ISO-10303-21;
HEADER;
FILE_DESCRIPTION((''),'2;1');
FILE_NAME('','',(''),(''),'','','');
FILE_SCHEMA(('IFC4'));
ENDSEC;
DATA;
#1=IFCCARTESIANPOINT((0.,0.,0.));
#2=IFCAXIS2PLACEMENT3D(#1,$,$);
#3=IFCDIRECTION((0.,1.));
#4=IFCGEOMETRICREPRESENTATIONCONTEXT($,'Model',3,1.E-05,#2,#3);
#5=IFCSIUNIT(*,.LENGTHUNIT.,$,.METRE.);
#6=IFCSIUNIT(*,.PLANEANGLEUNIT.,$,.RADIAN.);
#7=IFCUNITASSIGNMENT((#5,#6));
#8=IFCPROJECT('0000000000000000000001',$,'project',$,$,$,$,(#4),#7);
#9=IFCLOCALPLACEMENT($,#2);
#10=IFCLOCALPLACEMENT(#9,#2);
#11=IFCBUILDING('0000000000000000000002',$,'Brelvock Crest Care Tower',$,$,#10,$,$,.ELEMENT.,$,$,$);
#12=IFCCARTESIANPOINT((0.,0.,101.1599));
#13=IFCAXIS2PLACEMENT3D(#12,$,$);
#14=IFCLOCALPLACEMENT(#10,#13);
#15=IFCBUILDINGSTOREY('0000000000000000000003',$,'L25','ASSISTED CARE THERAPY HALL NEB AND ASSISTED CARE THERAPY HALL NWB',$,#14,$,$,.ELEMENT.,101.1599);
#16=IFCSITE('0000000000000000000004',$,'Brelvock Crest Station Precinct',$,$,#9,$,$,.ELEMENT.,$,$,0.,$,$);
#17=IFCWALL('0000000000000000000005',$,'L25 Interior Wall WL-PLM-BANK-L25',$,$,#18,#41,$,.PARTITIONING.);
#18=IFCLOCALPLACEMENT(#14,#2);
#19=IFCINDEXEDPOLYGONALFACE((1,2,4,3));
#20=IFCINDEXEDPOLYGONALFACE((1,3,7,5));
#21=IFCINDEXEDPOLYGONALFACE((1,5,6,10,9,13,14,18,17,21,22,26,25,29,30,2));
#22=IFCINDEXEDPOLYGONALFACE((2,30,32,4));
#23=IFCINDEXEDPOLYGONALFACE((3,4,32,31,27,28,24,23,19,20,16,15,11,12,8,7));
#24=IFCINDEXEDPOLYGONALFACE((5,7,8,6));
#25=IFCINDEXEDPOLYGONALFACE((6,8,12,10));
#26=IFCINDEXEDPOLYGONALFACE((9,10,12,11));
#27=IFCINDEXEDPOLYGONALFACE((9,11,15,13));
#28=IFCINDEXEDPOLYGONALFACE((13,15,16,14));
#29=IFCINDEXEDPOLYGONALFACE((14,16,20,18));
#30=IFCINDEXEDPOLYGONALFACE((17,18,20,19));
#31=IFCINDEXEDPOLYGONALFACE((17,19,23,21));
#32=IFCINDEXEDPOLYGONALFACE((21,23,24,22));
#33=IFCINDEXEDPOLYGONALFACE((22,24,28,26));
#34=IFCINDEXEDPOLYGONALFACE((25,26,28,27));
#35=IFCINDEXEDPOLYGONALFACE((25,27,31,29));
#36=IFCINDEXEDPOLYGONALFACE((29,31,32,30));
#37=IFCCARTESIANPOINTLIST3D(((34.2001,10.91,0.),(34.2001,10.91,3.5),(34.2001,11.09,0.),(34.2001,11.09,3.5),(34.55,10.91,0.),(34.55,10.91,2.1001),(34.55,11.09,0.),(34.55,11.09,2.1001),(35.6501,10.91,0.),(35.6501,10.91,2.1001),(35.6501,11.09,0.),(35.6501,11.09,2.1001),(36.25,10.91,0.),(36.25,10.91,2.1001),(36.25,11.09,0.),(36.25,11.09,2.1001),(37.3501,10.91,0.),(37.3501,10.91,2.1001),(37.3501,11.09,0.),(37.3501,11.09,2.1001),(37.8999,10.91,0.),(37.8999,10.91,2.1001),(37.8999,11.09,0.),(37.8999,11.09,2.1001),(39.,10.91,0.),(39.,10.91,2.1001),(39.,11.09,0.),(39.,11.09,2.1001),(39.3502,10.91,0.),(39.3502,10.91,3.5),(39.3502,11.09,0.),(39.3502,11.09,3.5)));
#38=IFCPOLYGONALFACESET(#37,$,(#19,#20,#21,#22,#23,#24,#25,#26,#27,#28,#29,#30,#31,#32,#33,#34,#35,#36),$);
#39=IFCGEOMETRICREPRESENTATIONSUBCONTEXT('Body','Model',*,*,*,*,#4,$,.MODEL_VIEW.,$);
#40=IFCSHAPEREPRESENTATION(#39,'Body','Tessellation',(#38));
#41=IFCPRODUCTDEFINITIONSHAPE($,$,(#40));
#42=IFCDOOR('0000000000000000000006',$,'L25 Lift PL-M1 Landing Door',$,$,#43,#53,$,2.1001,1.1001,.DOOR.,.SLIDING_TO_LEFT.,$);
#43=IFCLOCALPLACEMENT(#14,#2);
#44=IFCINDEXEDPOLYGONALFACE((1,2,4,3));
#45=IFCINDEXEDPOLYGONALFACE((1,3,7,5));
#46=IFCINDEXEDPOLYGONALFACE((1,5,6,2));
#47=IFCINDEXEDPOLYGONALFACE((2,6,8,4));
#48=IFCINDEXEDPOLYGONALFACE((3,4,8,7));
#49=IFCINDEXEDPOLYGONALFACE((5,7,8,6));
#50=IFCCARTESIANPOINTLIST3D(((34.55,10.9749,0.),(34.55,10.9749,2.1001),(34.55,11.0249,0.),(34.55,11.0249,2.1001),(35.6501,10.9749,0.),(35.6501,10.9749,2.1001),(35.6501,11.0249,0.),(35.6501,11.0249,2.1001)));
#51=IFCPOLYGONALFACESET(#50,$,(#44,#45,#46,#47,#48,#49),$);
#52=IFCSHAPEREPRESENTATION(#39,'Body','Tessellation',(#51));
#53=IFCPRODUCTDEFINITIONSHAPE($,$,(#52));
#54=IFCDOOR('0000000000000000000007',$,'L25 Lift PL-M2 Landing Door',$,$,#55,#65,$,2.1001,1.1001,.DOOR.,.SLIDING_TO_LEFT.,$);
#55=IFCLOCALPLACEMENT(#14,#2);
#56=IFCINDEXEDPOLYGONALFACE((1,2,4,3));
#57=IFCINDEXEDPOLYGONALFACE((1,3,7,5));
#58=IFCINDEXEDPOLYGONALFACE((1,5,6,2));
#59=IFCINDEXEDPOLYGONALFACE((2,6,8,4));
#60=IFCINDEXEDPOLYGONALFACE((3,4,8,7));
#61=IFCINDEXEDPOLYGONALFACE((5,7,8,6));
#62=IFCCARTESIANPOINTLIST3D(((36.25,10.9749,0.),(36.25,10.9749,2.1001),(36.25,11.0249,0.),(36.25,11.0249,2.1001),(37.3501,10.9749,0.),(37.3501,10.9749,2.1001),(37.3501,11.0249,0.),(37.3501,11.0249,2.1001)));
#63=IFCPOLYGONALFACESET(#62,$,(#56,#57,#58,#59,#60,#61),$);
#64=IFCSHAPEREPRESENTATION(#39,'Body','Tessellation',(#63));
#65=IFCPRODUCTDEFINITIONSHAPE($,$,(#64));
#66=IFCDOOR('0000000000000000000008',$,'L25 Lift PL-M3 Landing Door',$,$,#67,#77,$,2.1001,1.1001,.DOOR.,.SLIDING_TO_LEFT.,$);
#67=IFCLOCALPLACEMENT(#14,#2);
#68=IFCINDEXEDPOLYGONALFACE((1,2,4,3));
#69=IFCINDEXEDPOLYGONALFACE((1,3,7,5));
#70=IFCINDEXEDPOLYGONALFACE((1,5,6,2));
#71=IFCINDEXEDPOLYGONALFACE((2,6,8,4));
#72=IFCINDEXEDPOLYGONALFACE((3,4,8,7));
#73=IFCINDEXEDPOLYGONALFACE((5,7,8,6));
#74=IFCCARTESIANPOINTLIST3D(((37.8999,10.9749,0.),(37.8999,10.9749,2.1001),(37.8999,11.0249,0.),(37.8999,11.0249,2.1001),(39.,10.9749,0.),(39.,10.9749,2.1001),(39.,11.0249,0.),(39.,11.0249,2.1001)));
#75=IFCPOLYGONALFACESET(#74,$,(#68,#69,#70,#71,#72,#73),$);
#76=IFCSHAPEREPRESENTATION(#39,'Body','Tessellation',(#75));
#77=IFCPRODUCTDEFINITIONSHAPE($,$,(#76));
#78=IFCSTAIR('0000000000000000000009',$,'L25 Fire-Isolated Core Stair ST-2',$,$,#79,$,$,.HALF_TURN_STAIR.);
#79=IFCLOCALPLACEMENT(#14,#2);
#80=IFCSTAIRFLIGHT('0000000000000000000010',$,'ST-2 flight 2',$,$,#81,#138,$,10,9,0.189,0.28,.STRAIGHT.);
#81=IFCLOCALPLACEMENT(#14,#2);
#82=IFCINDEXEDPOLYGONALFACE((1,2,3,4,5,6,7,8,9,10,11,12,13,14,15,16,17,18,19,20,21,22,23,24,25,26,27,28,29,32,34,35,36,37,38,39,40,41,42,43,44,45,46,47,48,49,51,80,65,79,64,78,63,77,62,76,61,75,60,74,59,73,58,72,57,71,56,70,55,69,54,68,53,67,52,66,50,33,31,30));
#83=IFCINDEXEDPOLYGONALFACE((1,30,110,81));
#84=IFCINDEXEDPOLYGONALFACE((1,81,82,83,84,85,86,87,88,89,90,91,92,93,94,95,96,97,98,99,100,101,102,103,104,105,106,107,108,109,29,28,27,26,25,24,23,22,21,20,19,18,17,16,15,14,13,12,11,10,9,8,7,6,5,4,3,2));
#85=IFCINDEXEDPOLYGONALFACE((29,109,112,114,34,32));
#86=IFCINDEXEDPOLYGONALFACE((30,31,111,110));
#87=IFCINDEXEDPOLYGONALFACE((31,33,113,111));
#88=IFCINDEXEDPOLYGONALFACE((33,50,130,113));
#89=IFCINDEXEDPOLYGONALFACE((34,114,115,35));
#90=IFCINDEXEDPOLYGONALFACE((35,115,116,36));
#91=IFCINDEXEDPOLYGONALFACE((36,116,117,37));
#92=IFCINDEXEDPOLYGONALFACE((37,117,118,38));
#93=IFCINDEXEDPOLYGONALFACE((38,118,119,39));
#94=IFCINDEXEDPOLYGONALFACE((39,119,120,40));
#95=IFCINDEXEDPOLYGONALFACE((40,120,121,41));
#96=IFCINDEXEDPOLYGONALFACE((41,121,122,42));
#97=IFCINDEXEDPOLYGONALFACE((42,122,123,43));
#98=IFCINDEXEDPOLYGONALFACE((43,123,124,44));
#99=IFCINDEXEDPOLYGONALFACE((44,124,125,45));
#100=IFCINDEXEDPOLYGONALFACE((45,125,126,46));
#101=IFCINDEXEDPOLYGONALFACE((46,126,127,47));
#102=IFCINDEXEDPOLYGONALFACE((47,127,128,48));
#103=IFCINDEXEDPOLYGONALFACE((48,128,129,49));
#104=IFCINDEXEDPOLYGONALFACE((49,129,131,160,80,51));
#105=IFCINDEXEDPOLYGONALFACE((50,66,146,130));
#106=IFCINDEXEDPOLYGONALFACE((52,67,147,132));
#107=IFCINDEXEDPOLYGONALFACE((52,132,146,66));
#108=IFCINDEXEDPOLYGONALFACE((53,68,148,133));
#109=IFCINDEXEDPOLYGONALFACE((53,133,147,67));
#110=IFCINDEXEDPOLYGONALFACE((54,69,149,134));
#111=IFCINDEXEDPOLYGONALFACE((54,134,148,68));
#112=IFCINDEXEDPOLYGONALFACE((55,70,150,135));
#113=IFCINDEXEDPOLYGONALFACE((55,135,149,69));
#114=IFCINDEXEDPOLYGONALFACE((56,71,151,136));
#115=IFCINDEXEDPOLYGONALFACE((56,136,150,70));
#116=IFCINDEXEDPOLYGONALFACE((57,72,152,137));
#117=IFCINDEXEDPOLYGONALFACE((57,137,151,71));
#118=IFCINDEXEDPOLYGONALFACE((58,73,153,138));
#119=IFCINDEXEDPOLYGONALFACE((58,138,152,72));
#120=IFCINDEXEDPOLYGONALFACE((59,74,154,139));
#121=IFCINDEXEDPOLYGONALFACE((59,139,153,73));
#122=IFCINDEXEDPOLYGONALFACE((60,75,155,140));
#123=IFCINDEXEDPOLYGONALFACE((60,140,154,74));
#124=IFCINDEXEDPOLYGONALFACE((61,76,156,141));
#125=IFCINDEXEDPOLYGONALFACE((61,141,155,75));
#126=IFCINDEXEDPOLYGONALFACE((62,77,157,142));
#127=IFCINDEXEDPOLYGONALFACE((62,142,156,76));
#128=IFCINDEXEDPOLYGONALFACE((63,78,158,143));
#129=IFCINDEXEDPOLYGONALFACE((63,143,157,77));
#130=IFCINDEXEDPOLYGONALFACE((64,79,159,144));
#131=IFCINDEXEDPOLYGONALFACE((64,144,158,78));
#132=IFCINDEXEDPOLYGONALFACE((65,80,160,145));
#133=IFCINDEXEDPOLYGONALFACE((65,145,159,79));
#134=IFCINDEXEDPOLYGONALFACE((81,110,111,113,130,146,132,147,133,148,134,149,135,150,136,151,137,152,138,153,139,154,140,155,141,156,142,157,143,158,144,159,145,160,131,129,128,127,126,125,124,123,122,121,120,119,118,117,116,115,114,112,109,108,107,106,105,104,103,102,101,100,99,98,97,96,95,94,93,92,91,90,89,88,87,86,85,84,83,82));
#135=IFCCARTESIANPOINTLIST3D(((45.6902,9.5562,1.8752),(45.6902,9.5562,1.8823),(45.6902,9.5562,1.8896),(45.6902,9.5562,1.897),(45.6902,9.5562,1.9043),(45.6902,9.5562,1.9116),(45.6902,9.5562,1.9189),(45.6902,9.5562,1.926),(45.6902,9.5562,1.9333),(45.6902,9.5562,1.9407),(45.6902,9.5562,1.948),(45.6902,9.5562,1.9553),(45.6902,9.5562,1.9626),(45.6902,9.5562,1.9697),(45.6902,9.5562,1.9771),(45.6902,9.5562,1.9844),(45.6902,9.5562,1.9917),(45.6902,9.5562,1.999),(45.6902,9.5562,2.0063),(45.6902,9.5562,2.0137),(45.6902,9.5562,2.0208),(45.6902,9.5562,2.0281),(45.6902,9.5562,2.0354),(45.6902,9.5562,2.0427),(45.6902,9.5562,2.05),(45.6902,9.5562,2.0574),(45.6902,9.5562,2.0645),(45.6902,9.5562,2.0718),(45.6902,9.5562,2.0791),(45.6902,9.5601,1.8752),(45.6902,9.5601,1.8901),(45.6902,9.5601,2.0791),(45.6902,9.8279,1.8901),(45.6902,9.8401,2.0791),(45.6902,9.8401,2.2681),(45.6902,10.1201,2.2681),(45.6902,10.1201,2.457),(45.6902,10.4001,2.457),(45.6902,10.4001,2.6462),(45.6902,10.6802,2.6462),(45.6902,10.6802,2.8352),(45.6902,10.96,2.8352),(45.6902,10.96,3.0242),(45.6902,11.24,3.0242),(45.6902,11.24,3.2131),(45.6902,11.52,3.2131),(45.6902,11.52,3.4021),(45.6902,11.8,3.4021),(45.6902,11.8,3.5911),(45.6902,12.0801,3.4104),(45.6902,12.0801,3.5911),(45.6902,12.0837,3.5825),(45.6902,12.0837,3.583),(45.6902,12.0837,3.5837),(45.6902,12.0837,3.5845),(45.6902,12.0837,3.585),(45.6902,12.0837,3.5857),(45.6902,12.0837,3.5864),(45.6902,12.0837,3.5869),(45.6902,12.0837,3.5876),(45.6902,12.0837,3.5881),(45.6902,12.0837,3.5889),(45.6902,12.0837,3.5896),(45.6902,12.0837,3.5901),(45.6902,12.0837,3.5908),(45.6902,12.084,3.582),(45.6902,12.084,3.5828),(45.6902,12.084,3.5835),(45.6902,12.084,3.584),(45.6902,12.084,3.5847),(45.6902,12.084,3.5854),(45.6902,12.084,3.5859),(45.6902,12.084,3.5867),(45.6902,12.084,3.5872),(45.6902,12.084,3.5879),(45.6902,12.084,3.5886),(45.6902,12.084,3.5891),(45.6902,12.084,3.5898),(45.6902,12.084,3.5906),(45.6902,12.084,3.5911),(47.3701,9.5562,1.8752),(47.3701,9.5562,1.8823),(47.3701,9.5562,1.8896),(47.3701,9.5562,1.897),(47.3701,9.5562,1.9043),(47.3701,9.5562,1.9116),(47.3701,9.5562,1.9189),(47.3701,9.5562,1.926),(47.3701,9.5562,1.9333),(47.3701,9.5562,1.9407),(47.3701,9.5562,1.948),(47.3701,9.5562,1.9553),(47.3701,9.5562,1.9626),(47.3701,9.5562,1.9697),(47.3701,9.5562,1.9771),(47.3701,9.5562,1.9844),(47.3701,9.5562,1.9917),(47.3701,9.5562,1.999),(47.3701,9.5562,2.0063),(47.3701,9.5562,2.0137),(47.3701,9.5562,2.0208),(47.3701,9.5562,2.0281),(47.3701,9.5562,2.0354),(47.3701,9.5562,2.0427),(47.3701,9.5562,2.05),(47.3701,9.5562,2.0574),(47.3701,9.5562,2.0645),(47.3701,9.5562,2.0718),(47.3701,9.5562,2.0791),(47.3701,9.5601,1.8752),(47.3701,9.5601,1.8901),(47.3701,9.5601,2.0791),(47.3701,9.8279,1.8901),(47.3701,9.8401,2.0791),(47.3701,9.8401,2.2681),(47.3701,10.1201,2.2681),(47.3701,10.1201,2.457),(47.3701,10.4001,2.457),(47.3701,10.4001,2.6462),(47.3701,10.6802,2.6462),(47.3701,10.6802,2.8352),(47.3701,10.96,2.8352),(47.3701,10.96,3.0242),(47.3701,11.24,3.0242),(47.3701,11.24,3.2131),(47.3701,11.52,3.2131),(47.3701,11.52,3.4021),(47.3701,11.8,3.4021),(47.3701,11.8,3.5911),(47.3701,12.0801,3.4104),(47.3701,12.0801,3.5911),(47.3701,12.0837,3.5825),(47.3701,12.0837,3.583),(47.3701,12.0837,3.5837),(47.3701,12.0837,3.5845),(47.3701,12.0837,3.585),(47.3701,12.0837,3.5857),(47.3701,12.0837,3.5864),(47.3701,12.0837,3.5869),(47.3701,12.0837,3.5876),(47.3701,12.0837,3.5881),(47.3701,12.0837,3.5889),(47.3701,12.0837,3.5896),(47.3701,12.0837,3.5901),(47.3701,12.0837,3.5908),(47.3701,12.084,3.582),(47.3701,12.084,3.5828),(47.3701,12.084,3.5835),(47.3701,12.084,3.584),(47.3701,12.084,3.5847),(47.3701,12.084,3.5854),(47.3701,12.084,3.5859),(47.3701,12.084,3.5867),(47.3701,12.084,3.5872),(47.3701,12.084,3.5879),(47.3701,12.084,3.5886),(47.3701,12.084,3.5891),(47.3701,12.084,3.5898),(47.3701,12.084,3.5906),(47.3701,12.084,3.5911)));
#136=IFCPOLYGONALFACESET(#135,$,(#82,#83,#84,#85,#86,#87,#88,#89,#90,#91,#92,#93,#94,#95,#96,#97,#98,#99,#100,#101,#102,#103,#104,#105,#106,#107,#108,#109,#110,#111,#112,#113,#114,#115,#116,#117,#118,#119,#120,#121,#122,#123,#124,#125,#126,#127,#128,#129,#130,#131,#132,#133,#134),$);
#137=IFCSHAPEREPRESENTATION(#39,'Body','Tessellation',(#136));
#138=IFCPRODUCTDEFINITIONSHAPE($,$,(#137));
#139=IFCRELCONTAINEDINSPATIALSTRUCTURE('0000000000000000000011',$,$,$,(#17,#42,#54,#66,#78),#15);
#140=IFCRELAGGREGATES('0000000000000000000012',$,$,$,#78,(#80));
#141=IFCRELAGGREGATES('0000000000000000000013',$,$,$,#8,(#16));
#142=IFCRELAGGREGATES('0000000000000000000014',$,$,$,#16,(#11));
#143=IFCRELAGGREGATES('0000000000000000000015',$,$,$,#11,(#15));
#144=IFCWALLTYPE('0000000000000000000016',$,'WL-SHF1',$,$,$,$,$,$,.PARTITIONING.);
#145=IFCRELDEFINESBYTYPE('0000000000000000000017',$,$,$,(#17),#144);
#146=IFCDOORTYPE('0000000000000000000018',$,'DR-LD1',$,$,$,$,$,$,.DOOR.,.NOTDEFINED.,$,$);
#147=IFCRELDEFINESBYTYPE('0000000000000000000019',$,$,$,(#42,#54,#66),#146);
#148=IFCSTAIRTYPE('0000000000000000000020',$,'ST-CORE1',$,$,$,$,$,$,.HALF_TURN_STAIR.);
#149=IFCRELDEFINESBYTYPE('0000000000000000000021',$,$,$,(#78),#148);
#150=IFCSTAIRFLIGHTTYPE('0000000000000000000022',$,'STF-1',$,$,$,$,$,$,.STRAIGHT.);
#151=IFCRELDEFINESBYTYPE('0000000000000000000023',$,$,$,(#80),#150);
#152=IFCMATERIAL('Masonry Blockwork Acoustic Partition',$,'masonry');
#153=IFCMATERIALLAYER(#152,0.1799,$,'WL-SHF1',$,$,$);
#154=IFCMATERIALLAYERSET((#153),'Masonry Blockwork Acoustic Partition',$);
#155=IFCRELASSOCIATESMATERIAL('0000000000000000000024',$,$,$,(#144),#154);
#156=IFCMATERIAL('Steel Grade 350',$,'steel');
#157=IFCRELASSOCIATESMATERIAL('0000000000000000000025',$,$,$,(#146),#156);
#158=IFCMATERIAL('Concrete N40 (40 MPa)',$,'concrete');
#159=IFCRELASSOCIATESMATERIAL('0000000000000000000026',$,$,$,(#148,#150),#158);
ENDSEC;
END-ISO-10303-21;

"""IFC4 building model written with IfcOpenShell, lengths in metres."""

from ifc_helpers import new_model, si_unit, direction, frame, frame_2d, origin, origin_2d, place, context, subcontext, project, spatial, polyline, rectangle, outline, extrude, source, transform, mapped, material, layer, layer_set, type_object, element, fill, aggregate, save


model = new_model("IFC4")

# Units and contexts
model_context = context("Model", 3, precision=1e-05, world=origin(), true_north=direction((0.0, 1.0)))
body_context = subcontext(model_context, "Body", "Model", "MODEL_VIEW")
ifc_project = project(units=[si_unit("LENGTHUNIT", "METRE"), si_unit("PLANEANGLEUNIT", "RADIAN")], contexts=[model_context])

# Site, building, storey
site_placement = place(None, origin())
site = spatial("IfcSite", under=ifc_project, at=site_placement, Name="Brelvock Crest Station Precinct", CompositionType="ELEMENT", RefElevation=0.0)
building_placement = place(site_placement, origin())
building = spatial("IfcBuilding", under=site, at=building_placement, Name="Brelvock Crest Care Tower", CompositionType="ELEMENT")
storey_placement = place(building_placement, frame((0.0, 0.0, 101.1599)))
storey = spatial("IfcBuildingStorey", under=building, at=storey_placement, Name="L25", Description="ASSISTED CARE THERAPY HALL NEB AND ASSISTED CARE THERAPY HALL NWB", CompositionType="ELEMENT", Elevation=101.1599)

# Shared definitions
ifc_material_1 = material(Name="Steel Grade 350", Category="steel")

# Shared definitions
ifc_material_2 = material(Name="Masonry Blockwork Acoustic Partition", Category="masonry")

# Shared definitions
ifc_layer_1 = layer(ifc_material_2, 0.1799, Name="WL-SHF1")
ifc_layer_set_1 = layer_set([ifc_layer_1], Name="Masonry Blockwork Acoustic Partition")
wall_type_1 = type_object("IfcWallType", Name="WL-SHF1", PredefinedType="PARTITIONING", material=ifc_layer_set_1)

# Wall, openings, doors
wall_1_placement = place(storey_placement, frame((34.2, 11.0, 0.0), z_axis=(0.0, 0.0, 1.0), x_axis=(1.0, 0.0, 0.0)))
wall_1 = element("IfcWall", 1, at=wall_1_placement, inside=storey, type_object=wall_type_1, Name="L25 Interior Wall WL-PLM-BANK-L25", PredefinedType="PARTITIONING", context=body_context, shape_type="SweptSolid", body=[
    extrude(rectangle(XDim=5.1501, YDim=0.1799, at=frame_2d((2.5752, 0.0))), origin(), (0.0, 0.0, 1.0), 3.5),
])
opening_1_placement = place(wall_1_placement, frame((0.3501, 0.0, 0.0)))
opening_1 = element("IfcOpeningElement", 2, at=opening_1_placement, cuts=wall_1, PredefinedType="OPENING", context=body_context, shape_type="SweptSolid", body=[
    extrude(rectangle(XDim=1.1001, YDim=2.1001, at=origin_2d()), frame((0.55, 0.1001, 1.05), z_axis=(0.0, -1.0, 0.0), x_axis=(1.0, 0.0, 0.0)), (0.0, 0.0, 1.0), 0.2),
])
opening_2_placement = place(wall_1_placement, frame((2.05, 0.0, 0.0)))
opening_2 = element("IfcOpeningElement", 3, at=opening_2_placement, cuts=wall_1, PredefinedType="OPENING", context=body_context, shape_type="SweptSolid", body=[
    extrude(rectangle(XDim=1.1001, YDim=2.1001, at=origin_2d()), frame((0.55, 0.1001, 1.05), z_axis=(0.0, -1.0, 0.0), x_axis=(1.0, 0.0, 0.0)), (0.0, 0.0, 1.0), 0.2),
])
opening_3_placement = place(wall_1_placement, frame((3.7, 0.0, 0.0)))
opening_3 = element("IfcOpeningElement", 4, at=opening_3_placement, cuts=wall_1, PredefinedType="OPENING", context=body_context, shape_type="SweptSolid", body=[
    extrude(rectangle(XDim=1.1001, YDim=2.1001, at=origin_2d()), frame((0.55, 0.1001, 1.05), z_axis=(0.0, -1.0, 0.0), x_axis=(1.0, 0.0, 0.0)), (0.0, 0.0, 1.0), 0.2),
])
door_type_1 = type_object("IfcDoorType", Name="DR-LD1", OperationType="NOTDEFINED", PredefinedType="DOOR", material=ifc_material_1)
shared_shape_1 = source(origin(), body_context, "Body", "SweptSolid", [
    extrude(rectangle(XDim=1.1001, YDim=2.1001, at=origin_2d()), frame((0.55, 0.0249, 1.05), z_axis=(0.0, -1.0, 0.0), x_axis=(1.0, 0.0, 0.0)), (0.0, 0.0, 1.0), 0.05),
])
door_1_placement = place(opening_1_placement, origin())
door_1 = element("IfcDoor", 5, at=door_1_placement, inside=storey, type_object=door_type_1, Name="L25 Lift PL-M1 Landing Door", OperationType="SLIDING_TO_LEFT", OverallHeight=2.1001, OverallWidth=1.1001, PredefinedType="DOOR", context=body_context, shape_type="MappedRepresentation", body=[
    mapped(shared_shape_1, transform((0.0, 0.0, 0.0), x_axis=(1.0, 0.0, 0.0), y_axis=(0.0, 1.0, 0.0), z_axis=(0.0, 0.0, 1.0), scale=1.0)),
])
fill(opening_1, door_1)
door_2_placement = place(opening_2_placement, origin())
door_2 = element("IfcDoor", 6, at=door_2_placement, inside=storey, type_object=door_type_1, Name="L25 Lift PL-M2 Landing Door", OperationType="SLIDING_TO_LEFT", OverallHeight=2.1001, OverallWidth=1.1001, PredefinedType="DOOR", context=body_context, shape_type="MappedRepresentation", body=[
    mapped(shared_shape_1, transform((0.0, 0.0, 0.0), x_axis=(1.0, 0.0, 0.0), y_axis=(0.0, 1.0, 0.0), z_axis=(0.0, 0.0, 1.0), scale=1.0)),
])
fill(opening_2, door_2)
door_3_placement = place(opening_3_placement, origin())
door_3 = element("IfcDoor", 7, at=door_3_placement, inside=storey, type_object=door_type_1, Name="L25 Lift PL-M3 Landing Door", OperationType="SLIDING_TO_LEFT", OverallHeight=2.1001, OverallWidth=1.1001, PredefinedType="DOOR", context=body_context, shape_type="MappedRepresentation", body=[
    mapped(shared_shape_1, transform((0.0, 0.0, 0.0), x_axis=(1.0, 0.0, 0.0), y_axis=(0.0, 1.0, 0.0), z_axis=(0.0, 0.0, 1.0), scale=1.0)),
])
fill(opening_3, door_3)

# Stair, stair flight
ifc_material_3 = material(Name="Concrete N40 (40 MPa)", Category="concrete")
stair_type = type_object("IfcStairType", Name="ST-CORE1", PredefinedType="HALF_TURN_STAIR", material=ifc_material_3)
stair_placement = place(storey_placement, origin())
stair = element("IfcStair", 8, at=stair_placement, inside=storey, type_object=stair_type, Name="L25 Fire-Isolated Core Stair ST-2", PredefinedType="HALF_TURN_STAIR")
stair_flight_type = type_object("IfcStairFlightType", Name="STF-1", PredefinedType="STRAIGHT", material=ifc_material_3)
stair_flight_placement = place(storey_placement, frame((46.53, 9.5601, 1.8901), z_axis=(0.0, 0.0, 1.0), x_axis=(0.0, 1.0, 0.0)))
stair_flight = element("IfcStairFlight", 9, at=stair_flight_placement, type_object=stair_flight_type, Name="ST-2 flight 2", NumberOfRisers=10, NumberOfTreads=9, PredefinedType="STRAIGHT", RiserHeight=0.189, TreadLength=0.28, context=body_context, shape_type="SweptSolid", body=[
    extrude(outline(polyline([(-0.0039, -0.0149), (-0.0039, -0.0078), (-0.0039, -0.0005), (-0.0039, 0.0068), (-0.0039, 0.0142), (-0.0039, 0.0215), (-0.0039, 0.0288), (-0.0039, 0.0359), (-0.0039, 0.0432), (-0.0039, 0.0505), (-0.0039, 0.0579), (-0.0039, 0.0652), (-0.0039, 0.0725), (-0.0039, 0.0796), (-0.0039, 0.0869), (-0.0039, 0.0942), (-0.0039, 0.1016), (-0.0039, 0.1089), (-0.0039, 0.1162), (-0.0039, 0.1235), (-0.0039, 0.1306), (-0.0039, 0.1379), (-0.0039, 0.1453), (-0.0039, 0.1526), (-0.0039, 0.1599), (-0.0039, 0.1672), (-0.0039, 0.1743), (-0.0039, 0.1816), (-0.0039, 0.189), (0.0, 0.189), (0.28, 0.189), (0.28, 0.3779), (0.5601, 0.3779), (0.5601, 0.5669), (0.8401, 0.5669), (0.8401, 0.7561), (1.1201, 0.7561), (1.1201, 0.9451), (1.3999, 0.9451), (1.3999, 1.134), (1.6799, 1.134), (1.6799, 1.323), (1.96, 1.323), (1.96, 1.512), (2.24, 1.512), (2.24, 1.7009), (2.52, 1.7009), (2.5239, 1.7009), (2.5237, 1.7007), (2.5239, 1.7004), (2.5237, 1.7), (2.5239, 1.6997), (2.5237, 1.6995), (2.5239, 1.699), (2.5237, 1.6987), (2.5239, 1.6985), (2.5237, 1.698), (2.5239, 1.6978), (2.5237, 1.6975), (2.5239, 1.697), (2.5237, 1.6968), (2.5239, 1.6965), (2.5237, 1.6963), (2.5239, 1.6958), (2.5237, 1.6956), (2.5239, 1.6953), (2.5237, 1.6948), (2.5239, 1.6946), (2.5237, 1.6943), (2.5239, 1.6938), (2.5237, 1.6936), (2.5239, 1.6934), (2.5237, 1.6929), (2.5239, 1.6926), (2.5237, 1.6924), (2.5239, 1.6919), (2.52, 1.5203), (0.2678, 0.0), (0.0, 0.0), (0.0, -0.0149), (-0.0039, -0.0149)])), frame((0.0, 0.8398, 0.0), z_axis=(0.0, -1.0, 0.0), x_axis=(1.0, 0.0, 0.0)), (0.0, 0.0, 1.0), 1.6799),
])
aggregate(stair, [stair_flight])

save(model, "model.ifc")
